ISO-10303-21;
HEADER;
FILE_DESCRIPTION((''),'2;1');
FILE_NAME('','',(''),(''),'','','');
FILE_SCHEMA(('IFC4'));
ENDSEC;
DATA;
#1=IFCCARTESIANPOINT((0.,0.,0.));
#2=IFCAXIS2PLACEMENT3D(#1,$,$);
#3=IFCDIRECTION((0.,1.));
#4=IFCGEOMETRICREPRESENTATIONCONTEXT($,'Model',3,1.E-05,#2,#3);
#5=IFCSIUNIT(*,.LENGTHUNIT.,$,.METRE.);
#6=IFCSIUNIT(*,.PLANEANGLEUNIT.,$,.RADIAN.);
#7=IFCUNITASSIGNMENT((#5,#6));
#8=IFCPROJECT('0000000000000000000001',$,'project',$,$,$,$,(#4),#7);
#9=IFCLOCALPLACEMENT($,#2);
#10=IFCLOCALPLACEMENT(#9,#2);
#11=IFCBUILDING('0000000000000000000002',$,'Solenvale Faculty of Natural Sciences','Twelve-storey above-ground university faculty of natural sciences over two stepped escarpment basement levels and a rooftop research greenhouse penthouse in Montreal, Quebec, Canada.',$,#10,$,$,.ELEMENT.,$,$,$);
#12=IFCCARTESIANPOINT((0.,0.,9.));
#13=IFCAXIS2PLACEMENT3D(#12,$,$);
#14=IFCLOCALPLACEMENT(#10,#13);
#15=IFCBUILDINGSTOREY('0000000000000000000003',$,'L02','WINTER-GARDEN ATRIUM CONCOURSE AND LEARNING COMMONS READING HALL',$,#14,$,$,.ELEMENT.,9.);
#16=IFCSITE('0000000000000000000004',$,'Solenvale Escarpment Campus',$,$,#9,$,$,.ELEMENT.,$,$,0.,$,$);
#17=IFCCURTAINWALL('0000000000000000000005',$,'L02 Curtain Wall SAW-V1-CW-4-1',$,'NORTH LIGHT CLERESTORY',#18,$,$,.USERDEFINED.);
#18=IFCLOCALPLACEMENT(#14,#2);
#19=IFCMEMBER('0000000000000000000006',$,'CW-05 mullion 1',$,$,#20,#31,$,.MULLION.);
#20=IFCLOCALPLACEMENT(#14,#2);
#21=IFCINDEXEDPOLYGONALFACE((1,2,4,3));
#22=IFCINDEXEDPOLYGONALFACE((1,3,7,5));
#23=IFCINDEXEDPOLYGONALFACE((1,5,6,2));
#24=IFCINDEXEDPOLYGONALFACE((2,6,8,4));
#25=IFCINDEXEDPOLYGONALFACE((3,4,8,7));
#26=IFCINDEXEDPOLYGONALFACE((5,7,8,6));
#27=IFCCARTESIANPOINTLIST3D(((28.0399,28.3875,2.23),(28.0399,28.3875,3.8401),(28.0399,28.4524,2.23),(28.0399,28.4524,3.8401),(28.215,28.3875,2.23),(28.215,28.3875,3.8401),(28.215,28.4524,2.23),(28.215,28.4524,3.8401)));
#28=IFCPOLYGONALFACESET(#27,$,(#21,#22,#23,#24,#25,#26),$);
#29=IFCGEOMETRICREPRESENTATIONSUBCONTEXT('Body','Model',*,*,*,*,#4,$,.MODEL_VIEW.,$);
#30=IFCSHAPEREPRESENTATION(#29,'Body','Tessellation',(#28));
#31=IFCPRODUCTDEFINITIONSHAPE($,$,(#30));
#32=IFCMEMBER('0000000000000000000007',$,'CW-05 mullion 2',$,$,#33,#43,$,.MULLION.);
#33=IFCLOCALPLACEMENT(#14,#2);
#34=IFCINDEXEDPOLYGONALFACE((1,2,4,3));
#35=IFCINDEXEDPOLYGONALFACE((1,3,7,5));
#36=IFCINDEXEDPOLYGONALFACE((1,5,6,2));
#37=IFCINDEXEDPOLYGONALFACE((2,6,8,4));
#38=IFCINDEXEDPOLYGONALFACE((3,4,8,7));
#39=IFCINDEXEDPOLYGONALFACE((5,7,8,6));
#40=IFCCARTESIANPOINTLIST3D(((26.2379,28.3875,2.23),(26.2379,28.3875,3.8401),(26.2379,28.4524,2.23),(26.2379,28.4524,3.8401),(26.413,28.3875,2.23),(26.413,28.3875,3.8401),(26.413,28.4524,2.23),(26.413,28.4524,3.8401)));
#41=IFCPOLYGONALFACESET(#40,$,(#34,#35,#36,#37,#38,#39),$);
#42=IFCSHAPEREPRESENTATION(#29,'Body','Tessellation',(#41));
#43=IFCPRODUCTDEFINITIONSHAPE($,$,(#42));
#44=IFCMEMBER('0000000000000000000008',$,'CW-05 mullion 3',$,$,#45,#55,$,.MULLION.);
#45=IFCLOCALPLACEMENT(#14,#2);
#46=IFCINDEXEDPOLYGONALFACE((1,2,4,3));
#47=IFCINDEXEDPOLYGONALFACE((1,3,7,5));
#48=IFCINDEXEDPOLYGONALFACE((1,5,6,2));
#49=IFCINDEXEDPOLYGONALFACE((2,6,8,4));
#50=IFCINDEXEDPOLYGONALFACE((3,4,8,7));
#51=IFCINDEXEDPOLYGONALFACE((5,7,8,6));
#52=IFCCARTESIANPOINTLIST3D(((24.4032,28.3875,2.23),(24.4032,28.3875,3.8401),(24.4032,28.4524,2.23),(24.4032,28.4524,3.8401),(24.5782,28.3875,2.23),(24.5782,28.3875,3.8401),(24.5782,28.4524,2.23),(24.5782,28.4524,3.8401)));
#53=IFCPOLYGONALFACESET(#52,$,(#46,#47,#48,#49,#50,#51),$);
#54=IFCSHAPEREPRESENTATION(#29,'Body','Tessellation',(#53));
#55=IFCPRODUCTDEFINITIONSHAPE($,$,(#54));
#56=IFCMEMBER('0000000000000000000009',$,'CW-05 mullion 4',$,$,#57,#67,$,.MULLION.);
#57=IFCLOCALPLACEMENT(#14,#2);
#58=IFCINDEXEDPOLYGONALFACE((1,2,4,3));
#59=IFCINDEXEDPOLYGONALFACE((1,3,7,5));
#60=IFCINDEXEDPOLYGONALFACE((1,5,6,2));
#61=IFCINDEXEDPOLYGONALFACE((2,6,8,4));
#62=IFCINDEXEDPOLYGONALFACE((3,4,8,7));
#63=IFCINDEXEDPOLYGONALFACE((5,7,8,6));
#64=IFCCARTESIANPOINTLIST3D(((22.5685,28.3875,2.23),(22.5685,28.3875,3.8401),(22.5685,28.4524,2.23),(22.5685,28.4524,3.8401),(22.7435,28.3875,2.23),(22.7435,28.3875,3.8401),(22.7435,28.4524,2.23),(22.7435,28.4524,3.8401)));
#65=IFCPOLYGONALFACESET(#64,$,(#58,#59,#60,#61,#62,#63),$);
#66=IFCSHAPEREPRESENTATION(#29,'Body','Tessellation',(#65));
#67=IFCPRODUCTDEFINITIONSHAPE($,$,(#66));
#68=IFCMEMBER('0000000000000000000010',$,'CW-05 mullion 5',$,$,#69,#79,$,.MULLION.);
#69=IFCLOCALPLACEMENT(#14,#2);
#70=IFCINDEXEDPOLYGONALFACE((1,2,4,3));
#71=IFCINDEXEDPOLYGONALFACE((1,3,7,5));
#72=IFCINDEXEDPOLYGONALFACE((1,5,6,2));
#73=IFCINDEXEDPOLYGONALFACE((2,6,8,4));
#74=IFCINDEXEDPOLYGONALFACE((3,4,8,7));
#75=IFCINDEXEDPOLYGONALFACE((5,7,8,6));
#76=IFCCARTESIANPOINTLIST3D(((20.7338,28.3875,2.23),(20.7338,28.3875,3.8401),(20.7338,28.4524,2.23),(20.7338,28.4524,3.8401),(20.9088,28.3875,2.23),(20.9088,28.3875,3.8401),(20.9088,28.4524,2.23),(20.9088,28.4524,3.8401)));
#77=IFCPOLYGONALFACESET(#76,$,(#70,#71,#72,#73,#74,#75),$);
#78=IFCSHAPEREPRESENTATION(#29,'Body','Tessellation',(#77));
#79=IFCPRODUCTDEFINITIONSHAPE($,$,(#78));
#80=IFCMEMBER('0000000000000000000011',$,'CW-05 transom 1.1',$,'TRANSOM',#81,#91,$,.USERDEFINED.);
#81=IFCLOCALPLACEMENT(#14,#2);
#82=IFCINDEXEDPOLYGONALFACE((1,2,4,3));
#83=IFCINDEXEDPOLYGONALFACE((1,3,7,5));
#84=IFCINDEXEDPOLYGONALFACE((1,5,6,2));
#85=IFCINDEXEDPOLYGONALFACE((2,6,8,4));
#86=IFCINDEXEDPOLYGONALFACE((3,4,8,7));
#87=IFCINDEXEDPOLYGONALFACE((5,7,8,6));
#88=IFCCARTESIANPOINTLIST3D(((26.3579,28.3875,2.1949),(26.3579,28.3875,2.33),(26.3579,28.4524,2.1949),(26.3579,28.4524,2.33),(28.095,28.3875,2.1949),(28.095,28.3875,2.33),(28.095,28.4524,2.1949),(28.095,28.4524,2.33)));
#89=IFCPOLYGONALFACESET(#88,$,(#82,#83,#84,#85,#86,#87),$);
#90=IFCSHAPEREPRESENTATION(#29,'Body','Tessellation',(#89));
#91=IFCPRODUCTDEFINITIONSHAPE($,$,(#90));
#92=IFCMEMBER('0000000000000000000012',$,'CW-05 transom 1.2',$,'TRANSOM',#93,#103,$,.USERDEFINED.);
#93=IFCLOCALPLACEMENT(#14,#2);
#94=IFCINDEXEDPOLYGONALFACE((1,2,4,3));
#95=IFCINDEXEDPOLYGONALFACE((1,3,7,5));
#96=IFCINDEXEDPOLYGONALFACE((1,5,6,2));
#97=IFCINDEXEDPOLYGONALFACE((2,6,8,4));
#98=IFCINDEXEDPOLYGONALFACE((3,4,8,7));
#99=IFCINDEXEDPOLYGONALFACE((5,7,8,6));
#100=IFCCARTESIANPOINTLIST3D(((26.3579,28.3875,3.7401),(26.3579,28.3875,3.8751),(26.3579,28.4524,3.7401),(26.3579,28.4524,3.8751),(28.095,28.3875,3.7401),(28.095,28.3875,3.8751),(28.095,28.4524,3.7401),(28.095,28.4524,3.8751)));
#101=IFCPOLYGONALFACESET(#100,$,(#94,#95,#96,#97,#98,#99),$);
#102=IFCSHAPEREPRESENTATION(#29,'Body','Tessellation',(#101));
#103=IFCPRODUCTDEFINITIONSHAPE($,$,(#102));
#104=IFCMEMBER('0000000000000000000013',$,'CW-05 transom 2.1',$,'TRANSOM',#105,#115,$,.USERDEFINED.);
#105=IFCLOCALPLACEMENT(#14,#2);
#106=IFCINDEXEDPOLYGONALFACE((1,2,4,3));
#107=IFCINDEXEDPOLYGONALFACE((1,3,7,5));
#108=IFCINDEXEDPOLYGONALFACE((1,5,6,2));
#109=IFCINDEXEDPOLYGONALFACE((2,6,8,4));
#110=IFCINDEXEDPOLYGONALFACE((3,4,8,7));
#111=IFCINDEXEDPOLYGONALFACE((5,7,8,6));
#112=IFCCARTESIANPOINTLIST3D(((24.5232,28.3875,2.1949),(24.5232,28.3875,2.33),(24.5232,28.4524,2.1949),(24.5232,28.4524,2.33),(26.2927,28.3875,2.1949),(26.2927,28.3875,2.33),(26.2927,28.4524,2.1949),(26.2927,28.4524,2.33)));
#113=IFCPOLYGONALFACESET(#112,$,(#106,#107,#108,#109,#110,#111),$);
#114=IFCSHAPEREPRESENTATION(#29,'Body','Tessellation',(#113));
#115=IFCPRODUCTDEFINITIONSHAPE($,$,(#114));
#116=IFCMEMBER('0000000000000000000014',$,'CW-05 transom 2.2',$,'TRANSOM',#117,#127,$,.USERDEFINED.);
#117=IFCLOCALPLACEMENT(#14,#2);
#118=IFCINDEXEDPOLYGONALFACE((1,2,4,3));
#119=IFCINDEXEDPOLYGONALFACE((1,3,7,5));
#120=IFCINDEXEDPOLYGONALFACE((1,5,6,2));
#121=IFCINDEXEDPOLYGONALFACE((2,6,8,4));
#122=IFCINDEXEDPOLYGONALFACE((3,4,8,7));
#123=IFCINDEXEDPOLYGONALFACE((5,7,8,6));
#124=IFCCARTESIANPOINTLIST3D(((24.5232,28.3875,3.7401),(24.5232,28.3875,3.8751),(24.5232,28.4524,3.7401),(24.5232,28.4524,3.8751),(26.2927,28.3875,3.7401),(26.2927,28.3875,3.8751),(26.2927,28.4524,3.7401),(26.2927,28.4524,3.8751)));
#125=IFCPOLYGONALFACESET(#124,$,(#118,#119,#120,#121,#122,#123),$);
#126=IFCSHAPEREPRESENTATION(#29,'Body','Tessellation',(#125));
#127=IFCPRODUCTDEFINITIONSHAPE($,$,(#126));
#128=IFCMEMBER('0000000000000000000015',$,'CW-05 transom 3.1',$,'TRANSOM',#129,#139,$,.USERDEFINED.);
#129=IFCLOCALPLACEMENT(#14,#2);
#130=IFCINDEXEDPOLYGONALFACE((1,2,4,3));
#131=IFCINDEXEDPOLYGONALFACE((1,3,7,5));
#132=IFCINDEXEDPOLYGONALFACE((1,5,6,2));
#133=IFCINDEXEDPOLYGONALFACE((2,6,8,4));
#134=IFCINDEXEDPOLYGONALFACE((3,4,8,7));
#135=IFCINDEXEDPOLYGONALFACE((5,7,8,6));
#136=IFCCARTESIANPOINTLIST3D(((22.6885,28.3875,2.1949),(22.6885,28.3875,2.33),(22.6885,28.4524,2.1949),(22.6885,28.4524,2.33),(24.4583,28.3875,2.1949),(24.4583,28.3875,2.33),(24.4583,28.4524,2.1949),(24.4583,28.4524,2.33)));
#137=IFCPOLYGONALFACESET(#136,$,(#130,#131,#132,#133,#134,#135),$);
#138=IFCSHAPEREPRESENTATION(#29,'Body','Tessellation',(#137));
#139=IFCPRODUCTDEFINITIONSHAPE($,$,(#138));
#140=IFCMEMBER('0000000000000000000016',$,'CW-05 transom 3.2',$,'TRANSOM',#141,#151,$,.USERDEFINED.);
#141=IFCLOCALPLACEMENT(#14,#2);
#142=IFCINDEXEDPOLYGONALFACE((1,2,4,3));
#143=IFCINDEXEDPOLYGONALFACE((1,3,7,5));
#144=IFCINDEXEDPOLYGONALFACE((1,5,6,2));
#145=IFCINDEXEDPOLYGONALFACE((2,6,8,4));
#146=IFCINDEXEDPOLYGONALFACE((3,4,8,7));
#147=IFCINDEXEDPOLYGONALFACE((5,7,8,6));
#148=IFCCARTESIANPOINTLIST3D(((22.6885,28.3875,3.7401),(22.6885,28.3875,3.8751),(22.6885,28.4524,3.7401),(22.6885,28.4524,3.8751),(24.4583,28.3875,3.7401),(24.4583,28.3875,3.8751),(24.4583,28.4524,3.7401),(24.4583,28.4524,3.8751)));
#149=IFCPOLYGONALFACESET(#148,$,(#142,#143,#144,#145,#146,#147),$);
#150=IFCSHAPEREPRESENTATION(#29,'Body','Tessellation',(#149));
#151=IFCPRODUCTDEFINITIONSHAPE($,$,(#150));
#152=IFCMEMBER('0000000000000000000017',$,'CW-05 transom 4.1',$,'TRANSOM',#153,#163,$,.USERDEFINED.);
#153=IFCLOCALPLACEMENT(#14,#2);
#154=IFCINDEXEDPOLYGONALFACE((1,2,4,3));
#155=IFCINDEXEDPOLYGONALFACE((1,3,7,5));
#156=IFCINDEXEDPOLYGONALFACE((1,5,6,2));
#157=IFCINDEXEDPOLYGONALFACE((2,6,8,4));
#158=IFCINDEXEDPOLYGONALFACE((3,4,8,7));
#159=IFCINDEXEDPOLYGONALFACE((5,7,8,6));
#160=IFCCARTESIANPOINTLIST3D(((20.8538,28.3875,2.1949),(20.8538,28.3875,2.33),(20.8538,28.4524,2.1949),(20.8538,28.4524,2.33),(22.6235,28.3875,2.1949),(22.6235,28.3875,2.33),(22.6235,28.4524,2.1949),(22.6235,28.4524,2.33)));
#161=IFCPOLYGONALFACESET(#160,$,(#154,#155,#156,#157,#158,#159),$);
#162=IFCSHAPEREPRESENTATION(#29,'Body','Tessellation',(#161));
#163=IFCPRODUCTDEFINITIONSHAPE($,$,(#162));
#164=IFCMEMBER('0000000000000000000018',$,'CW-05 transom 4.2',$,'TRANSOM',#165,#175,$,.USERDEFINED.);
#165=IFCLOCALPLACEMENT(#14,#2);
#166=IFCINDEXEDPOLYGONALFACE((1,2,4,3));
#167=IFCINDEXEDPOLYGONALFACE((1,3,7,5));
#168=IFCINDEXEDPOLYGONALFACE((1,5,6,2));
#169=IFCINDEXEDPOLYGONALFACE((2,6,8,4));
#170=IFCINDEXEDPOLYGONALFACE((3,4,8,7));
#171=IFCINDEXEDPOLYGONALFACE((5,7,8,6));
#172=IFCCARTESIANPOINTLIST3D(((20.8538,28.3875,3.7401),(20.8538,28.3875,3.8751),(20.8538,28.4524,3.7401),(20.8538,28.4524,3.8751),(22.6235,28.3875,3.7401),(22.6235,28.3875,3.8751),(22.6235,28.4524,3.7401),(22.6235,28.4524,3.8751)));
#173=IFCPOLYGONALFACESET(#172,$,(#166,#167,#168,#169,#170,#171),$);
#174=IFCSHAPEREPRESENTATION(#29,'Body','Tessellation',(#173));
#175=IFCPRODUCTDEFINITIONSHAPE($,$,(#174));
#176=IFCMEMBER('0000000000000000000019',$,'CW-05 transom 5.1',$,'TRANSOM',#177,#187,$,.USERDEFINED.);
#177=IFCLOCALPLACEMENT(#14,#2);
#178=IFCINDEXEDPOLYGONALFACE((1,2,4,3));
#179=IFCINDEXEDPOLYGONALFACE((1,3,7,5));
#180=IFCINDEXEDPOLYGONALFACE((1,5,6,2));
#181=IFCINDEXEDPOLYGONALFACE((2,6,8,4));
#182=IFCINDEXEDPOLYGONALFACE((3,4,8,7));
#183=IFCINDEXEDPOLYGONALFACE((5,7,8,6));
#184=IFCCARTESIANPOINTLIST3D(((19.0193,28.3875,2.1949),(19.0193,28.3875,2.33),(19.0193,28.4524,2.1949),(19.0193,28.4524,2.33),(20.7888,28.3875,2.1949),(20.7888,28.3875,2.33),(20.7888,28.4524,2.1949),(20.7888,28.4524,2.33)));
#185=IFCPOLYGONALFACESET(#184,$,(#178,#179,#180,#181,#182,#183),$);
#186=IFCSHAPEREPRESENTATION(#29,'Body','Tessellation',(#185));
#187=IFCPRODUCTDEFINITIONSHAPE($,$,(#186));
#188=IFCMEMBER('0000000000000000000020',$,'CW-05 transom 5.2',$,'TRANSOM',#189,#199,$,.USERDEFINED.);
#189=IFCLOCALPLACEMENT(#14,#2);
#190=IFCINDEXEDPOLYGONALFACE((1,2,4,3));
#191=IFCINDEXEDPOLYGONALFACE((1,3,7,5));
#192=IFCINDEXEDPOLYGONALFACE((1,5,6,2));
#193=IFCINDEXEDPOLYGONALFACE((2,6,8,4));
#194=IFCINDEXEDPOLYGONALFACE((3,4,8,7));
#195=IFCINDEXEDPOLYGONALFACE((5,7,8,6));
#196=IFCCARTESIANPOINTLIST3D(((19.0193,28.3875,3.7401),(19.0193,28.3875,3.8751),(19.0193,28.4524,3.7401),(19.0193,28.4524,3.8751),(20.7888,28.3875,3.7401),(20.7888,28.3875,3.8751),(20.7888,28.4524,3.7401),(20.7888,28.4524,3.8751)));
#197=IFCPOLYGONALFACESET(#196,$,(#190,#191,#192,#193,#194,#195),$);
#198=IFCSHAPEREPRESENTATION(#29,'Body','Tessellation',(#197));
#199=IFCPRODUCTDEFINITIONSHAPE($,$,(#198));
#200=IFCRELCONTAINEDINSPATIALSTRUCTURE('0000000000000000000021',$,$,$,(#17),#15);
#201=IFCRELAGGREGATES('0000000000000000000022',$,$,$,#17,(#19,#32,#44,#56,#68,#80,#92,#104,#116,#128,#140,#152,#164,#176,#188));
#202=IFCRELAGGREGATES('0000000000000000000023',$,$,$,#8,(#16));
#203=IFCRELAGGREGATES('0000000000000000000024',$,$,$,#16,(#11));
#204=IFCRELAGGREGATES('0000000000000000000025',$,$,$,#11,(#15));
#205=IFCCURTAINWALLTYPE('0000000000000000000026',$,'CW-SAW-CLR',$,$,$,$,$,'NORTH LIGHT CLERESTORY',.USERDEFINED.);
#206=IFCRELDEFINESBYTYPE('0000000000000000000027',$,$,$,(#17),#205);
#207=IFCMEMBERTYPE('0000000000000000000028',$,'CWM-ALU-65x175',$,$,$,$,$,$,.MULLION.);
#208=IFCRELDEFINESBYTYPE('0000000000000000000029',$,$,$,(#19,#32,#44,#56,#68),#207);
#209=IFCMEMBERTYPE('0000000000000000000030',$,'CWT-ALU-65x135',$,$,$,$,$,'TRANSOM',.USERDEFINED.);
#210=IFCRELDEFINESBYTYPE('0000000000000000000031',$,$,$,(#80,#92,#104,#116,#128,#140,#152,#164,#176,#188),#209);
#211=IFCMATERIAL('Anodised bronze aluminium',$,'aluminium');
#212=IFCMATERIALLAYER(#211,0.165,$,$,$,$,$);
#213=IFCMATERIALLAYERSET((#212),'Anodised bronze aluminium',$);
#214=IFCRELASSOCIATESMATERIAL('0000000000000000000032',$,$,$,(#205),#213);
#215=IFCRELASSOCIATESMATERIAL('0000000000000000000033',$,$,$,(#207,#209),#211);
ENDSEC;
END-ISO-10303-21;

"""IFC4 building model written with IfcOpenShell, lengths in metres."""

from ifc_helpers import new_model, si_unit, direction, frame, origin, origin_2d, place, context, subcontext, project, spatial, rectangle, extrude, material, layer, layer_set, material_profile, profile_set, type_object, element, aggregate, save


model = new_model("IFC4")

# Units and contexts
model_context = context("Model", 3, precision=1e-05, world=origin(), true_north=direction((0.0, 1.0)))
body_context = subcontext(model_context, "Body", "Model", "MODEL_VIEW")
ifc_project = project(units=[si_unit("LENGTHUNIT", "METRE"), si_unit("PLANEANGLEUNIT", "RADIAN")], contexts=[model_context])

# Site, building, storey
site_placement = place(None, origin())
site = spatial("IfcSite", under=ifc_project, at=site_placement, Name="Solenvale Escarpment Campus", CompositionType="ELEMENT", RefElevation=0.0)
building_placement = place(site_placement, origin())
building = spatial("IfcBuilding", under=site, at=building_placement, Name="Solenvale Faculty of Natural Sciences", Description="Twelve-storey above-ground university faculty of natural sciences over two stepped escarpment basement levels and a rooftop research greenhouse penthouse in Montreal, Quebec, Canada.", CompositionType="ELEMENT")
storey_placement = place(building_placement, frame((0.0, 0.0, 9.0)))
storey = spatial("IfcBuildingStorey", under=building, at=storey_placement, Name="L02", Description="WINTER-GARDEN ATRIUM CONCOURSE AND LEARNING COMMONS READING HALL", CompositionType="ELEMENT", Elevation=9.0)

# Curtain wall, members
ifc_material_1 = material(Name="Anodised bronze aluminium", Category="aluminium")
ifc_layer_1 = layer(ifc_material_1, 0.165)
ifc_layer_set_1 = layer_set([ifc_layer_1], Name="Anodised bronze aluminium")
curtain_wall_type = type_object("IfcCurtainWallType", Name="CW-SAW-CLR", ElementType="NORTH LIGHT CLERESTORY", PredefinedType="USERDEFINED", material=ifc_layer_set_1)
curtain_wall_placement = place(storey_placement, origin())
curtain_wall = element("IfcCurtainWall", 1, at=curtain_wall_placement, inside=storey, type_object=curtain_wall_type, Name="L02 Curtain Wall SAW-V1-CW-4-1", ObjectType="NORTH LIGHT CLERESTORY", PredefinedType="USERDEFINED")
ifc_material_profile_1 = material_profile(ifc_material_1, rectangle(XDim=0.0649, YDim=0.175, at=origin_2d()), Name="ALU-MUL-65x175")
ifc_profile_set_1 = profile_set([ifc_material_profile_1], Name="Anodised bronze aluminium")
member_type_1 = type_object("IfcMemberType", Name="CWM-ALU-65x175", PredefinedType="MULLION", material=ifc_profile_set_1)
member_1_placement = place(storey_placement, frame((28.1274, 28.4199, 2.23), z_axis=(0.0, 0.0, 1.0), x_axis=(0.0, -1.0, 0.0)))
member_1 = element("IfcMember", 2, at=member_1_placement, type_object=member_type_1, Name="CW-05 mullion 1", PredefinedType="MULLION", context=body_context, shape_type="SweptSolid", body=[
    extrude(rectangle(XDim=0.0649, YDim=0.175, at=origin_2d()), origin(), (0.0, 0.0, 1.0), 1.6101),
])
member_2_placement = place(storey_placement, frame((26.3254, 28.4199, 2.23), z_axis=(0.0, 0.0, 1.0), x_axis=(0.0, -1.0, 0.0)))
member_2 = element("IfcMember", 3, at=member_2_placement, type_object=member_type_1, Name="CW-05 mullion 2", PredefinedType="MULLION", context=body_context, shape_type="SweptSolid", body=[
    extrude(rectangle(XDim=0.0649, YDim=0.175, at=origin_2d()), origin(), (0.0, 0.0, 1.0), 1.6101),
])
member_3_placement = place(storey_placement, frame((24.4907, 28.4199, 2.23), z_axis=(0.0, 0.0, 1.0), x_axis=(0.0, -1.0, 0.0)))
member_3 = element("IfcMember", 4, at=member_3_placement, type_object=member_type_1, Name="CW-05 mullion 3", PredefinedType="MULLION", context=body_context, shape_type="SweptSolid", body=[
    extrude(rectangle(XDim=0.0649, YDim=0.175, at=origin_2d()), origin(), (0.0, 0.0, 1.0), 1.6101),
])
member_4_placement = place(storey_placement, frame((22.656, 28.4199, 2.23), z_axis=(0.0, 0.0, 1.0), x_axis=(0.0, -1.0, 0.0)))
member_4 = element("IfcMember", 5, at=member_4_placement, type_object=member_type_1, Name="CW-05 mullion 4", PredefinedType="MULLION", context=body_context, shape_type="SweptSolid", body=[
    extrude(rectangle(XDim=0.0649, YDim=0.175, at=origin_2d()), origin(), (0.0, 0.0, 1.0), 1.6101),
])
member_5_placement = place(storey_placement, frame((20.8213, 28.4199, 2.23), z_axis=(0.0, 0.0, 1.0), x_axis=(0.0, -1.0, 0.0)))
member_5 = element("IfcMember", 6, at=member_5_placement, type_object=member_type_1, Name="CW-05 mullion 5", PredefinedType="MULLION", context=body_context, shape_type="SweptSolid", body=[
    extrude(rectangle(XDim=0.0649, YDim=0.175, at=origin_2d()), origin(), (0.0, 0.0, 1.0), 1.6101),
])
ifc_material_profile_2 = material_profile(ifc_material_1, rectangle(XDim=0.0649, YDim=0.135, at=origin_2d()), Name="ALU-TRN-65x135")
ifc_profile_set_2 = profile_set([ifc_material_profile_2], Name="Anodised bronze aluminium")
member_type_2 = type_object("IfcMemberType", Name="CWT-ALU-65x135", ElementType="TRANSOM", PredefinedType="USERDEFINED", material=ifc_profile_set_2)
member_6_placement = place(storey_placement, frame((28.095, 28.4199, 2.2625), z_axis=(-1.0, 0.0, 0.0), x_axis=(0.0, -1.0, 0.0)))
member_6 = element("IfcMember", 7, at=member_6_placement, type_object=member_type_2, Name="CW-05 transom 1.1", ObjectType="TRANSOM", PredefinedType="USERDEFINED", context=body_context, shape_type="SweptSolid", body=[
    extrude(rectangle(XDim=0.0649, YDim=0.135, at=origin_2d()), origin(), (0.0, 0.0, 1.0), 1.7371),
])
member_7_placement = place(storey_placement, frame((28.095, 28.4199, 3.8076), z_axis=(-1.0, 0.0, 0.0), x_axis=(0.0, -1.0, 0.0)))
member_7 = element("IfcMember", 8, at=member_7_placement, type_object=member_type_2, Name="CW-05 transom 1.2", ObjectType="TRANSOM", PredefinedType="USERDEFINED", context=body_context, shape_type="SweptSolid", body=[
    extrude(rectangle(XDim=0.0649, YDim=0.135, at=origin_2d()), origin(), (0.0, 0.0, 1.0), 1.7371),
])
member_8_placement = place(storey_placement, frame((26.2927, 28.4199, 2.2625), z_axis=(-1.0, 0.0, 0.0), x_axis=(0.0, -1.0, 0.0)))
member_8 = element("IfcMember", 9, at=member_8_placement, type_object=member_type_2, Name="CW-05 transom 2.1", ObjectType="TRANSOM", PredefinedType="USERDEFINED", context=body_context, shape_type="SweptSolid", body=[
    extrude(rectangle(XDim=0.0649, YDim=0.135, at=origin_2d()), origin(), (0.0, 0.0, 1.0), 1.7695),
])
member_9_placement = place(storey_placement, frame((26.2927, 28.4199, 3.8076), z_axis=(-1.0, 0.0, 0.0), x_axis=(0.0, -1.0, 0.0)))
member_9 = element("IfcMember", 10, at=member_9_placement, type_object=member_type_2, Name="CW-05 transom 2.2", ObjectType="TRANSOM", PredefinedType="USERDEFINED", context=body_context, shape_type="SweptSolid", body=[
    extrude(rectangle(XDim=0.0649, YDim=0.135, at=origin_2d()), origin(), (0.0, 0.0, 1.0), 1.7695),
])
member_10_placement = place(storey_placement, frame((24.4583, 28.4199, 2.2625), z_axis=(-1.0, 0.0, 0.0), x_axis=(0.0, -1.0, 0.0)))
member_10 = element("IfcMember", 11, at=member_10_placement, type_object=member_type_2, Name="CW-05 transom 3.1", ObjectType="TRANSOM", PredefinedType="USERDEFINED", context=body_context, shape_type="SweptSolid", body=[
    extrude(rectangle(XDim=0.0649, YDim=0.135, at=origin_2d()), origin(), (0.0, 0.0, 1.0), 1.7698),
])
member_11_placement = place(storey_placement, frame((24.4583, 28.4199, 3.8076), z_axis=(-1.0, 0.0, 0.0), x_axis=(0.0, -1.0, 0.0)))
member_11 = element("IfcMember", 12, at=member_11_placement, type_object=member_type_2, Name="CW-05 transom 3.2", ObjectType="TRANSOM", PredefinedType="USERDEFINED", context=body_context, shape_type="SweptSolid", body=[
    extrude(rectangle(XDim=0.0649, YDim=0.135, at=origin_2d()), origin(), (0.0, 0.0, 1.0), 1.7698),
])
member_12_placement = place(storey_placement, frame((22.6235, 28.4199, 2.2625), z_axis=(-1.0, 0.0, 0.0), x_axis=(0.0, -1.0, 0.0)))
member_12 = element("IfcMember", 13, at=member_12_placement, type_object=member_type_2, Name="CW-05 transom 4.1", ObjectType="TRANSOM", PredefinedType="USERDEFINED", context=body_context, shape_type="SweptSolid", body=[
    extrude(rectangle(XDim=0.0649, YDim=0.135, at=origin_2d()), origin(), (0.0, 0.0, 1.0), 1.7698),
])
member_13_placement = place(storey_placement, frame((22.6235, 28.4199, 3.8076), z_axis=(-1.0, 0.0, 0.0), x_axis=(0.0, -1.0, 0.0)))
member_13 = element("IfcMember", 14, at=member_13_placement, type_object=member_type_2, Name="CW-05 transom 4.2", ObjectType="TRANSOM", PredefinedType="USERDEFINED", context=body_context, shape_type="SweptSolid", body=[
    extrude(rectangle(XDim=0.0649, YDim=0.135, at=origin_2d()), origin(), (0.0, 0.0, 1.0), 1.7698),
])
member_14_placement = place(storey_placement, frame((20.7888, 28.4199, 2.2625), z_axis=(-1.0, 0.0, 0.0), x_axis=(0.0, -1.0, 0.0)))
member_14 = element("IfcMember", 15, at=member_14_placement, type_object=member_type_2, Name="CW-05 transom 5.1", ObjectType="TRANSOM", PredefinedType="USERDEFINED", context=body_context, shape_type="SweptSolid", body=[
    extrude(rectangle(XDim=0.0649, YDim=0.135, at=origin_2d()), origin(), (0.0, 0.0, 1.0), 1.7695),
])
member_15_placement = place(storey_placement, frame((20.7888, 28.4199, 3.8076), z_axis=(-1.0, 0.0, 0.0), x_axis=(0.0, -1.0, 0.0)))
member_15 = element("IfcMember", 16, at=member_15_placement, type_object=member_type_2, Name="CW-05 transom 5.2", ObjectType="TRANSOM", PredefinedType="USERDEFINED", context=body_context, shape_type="SweptSolid", body=[
    extrude(rectangle(XDim=0.0649, YDim=0.135, at=origin_2d()), origin(), (0.0, 0.0, 1.0), 1.7695),
])

aggregate(curtain_wall, [member_1, member_2, member_3, member_4, member_5, member_6, member_7, member_8, member_9, member_10, member_11, member_12, member_13, member_14, member_15])

save(model, "model.ifc")
